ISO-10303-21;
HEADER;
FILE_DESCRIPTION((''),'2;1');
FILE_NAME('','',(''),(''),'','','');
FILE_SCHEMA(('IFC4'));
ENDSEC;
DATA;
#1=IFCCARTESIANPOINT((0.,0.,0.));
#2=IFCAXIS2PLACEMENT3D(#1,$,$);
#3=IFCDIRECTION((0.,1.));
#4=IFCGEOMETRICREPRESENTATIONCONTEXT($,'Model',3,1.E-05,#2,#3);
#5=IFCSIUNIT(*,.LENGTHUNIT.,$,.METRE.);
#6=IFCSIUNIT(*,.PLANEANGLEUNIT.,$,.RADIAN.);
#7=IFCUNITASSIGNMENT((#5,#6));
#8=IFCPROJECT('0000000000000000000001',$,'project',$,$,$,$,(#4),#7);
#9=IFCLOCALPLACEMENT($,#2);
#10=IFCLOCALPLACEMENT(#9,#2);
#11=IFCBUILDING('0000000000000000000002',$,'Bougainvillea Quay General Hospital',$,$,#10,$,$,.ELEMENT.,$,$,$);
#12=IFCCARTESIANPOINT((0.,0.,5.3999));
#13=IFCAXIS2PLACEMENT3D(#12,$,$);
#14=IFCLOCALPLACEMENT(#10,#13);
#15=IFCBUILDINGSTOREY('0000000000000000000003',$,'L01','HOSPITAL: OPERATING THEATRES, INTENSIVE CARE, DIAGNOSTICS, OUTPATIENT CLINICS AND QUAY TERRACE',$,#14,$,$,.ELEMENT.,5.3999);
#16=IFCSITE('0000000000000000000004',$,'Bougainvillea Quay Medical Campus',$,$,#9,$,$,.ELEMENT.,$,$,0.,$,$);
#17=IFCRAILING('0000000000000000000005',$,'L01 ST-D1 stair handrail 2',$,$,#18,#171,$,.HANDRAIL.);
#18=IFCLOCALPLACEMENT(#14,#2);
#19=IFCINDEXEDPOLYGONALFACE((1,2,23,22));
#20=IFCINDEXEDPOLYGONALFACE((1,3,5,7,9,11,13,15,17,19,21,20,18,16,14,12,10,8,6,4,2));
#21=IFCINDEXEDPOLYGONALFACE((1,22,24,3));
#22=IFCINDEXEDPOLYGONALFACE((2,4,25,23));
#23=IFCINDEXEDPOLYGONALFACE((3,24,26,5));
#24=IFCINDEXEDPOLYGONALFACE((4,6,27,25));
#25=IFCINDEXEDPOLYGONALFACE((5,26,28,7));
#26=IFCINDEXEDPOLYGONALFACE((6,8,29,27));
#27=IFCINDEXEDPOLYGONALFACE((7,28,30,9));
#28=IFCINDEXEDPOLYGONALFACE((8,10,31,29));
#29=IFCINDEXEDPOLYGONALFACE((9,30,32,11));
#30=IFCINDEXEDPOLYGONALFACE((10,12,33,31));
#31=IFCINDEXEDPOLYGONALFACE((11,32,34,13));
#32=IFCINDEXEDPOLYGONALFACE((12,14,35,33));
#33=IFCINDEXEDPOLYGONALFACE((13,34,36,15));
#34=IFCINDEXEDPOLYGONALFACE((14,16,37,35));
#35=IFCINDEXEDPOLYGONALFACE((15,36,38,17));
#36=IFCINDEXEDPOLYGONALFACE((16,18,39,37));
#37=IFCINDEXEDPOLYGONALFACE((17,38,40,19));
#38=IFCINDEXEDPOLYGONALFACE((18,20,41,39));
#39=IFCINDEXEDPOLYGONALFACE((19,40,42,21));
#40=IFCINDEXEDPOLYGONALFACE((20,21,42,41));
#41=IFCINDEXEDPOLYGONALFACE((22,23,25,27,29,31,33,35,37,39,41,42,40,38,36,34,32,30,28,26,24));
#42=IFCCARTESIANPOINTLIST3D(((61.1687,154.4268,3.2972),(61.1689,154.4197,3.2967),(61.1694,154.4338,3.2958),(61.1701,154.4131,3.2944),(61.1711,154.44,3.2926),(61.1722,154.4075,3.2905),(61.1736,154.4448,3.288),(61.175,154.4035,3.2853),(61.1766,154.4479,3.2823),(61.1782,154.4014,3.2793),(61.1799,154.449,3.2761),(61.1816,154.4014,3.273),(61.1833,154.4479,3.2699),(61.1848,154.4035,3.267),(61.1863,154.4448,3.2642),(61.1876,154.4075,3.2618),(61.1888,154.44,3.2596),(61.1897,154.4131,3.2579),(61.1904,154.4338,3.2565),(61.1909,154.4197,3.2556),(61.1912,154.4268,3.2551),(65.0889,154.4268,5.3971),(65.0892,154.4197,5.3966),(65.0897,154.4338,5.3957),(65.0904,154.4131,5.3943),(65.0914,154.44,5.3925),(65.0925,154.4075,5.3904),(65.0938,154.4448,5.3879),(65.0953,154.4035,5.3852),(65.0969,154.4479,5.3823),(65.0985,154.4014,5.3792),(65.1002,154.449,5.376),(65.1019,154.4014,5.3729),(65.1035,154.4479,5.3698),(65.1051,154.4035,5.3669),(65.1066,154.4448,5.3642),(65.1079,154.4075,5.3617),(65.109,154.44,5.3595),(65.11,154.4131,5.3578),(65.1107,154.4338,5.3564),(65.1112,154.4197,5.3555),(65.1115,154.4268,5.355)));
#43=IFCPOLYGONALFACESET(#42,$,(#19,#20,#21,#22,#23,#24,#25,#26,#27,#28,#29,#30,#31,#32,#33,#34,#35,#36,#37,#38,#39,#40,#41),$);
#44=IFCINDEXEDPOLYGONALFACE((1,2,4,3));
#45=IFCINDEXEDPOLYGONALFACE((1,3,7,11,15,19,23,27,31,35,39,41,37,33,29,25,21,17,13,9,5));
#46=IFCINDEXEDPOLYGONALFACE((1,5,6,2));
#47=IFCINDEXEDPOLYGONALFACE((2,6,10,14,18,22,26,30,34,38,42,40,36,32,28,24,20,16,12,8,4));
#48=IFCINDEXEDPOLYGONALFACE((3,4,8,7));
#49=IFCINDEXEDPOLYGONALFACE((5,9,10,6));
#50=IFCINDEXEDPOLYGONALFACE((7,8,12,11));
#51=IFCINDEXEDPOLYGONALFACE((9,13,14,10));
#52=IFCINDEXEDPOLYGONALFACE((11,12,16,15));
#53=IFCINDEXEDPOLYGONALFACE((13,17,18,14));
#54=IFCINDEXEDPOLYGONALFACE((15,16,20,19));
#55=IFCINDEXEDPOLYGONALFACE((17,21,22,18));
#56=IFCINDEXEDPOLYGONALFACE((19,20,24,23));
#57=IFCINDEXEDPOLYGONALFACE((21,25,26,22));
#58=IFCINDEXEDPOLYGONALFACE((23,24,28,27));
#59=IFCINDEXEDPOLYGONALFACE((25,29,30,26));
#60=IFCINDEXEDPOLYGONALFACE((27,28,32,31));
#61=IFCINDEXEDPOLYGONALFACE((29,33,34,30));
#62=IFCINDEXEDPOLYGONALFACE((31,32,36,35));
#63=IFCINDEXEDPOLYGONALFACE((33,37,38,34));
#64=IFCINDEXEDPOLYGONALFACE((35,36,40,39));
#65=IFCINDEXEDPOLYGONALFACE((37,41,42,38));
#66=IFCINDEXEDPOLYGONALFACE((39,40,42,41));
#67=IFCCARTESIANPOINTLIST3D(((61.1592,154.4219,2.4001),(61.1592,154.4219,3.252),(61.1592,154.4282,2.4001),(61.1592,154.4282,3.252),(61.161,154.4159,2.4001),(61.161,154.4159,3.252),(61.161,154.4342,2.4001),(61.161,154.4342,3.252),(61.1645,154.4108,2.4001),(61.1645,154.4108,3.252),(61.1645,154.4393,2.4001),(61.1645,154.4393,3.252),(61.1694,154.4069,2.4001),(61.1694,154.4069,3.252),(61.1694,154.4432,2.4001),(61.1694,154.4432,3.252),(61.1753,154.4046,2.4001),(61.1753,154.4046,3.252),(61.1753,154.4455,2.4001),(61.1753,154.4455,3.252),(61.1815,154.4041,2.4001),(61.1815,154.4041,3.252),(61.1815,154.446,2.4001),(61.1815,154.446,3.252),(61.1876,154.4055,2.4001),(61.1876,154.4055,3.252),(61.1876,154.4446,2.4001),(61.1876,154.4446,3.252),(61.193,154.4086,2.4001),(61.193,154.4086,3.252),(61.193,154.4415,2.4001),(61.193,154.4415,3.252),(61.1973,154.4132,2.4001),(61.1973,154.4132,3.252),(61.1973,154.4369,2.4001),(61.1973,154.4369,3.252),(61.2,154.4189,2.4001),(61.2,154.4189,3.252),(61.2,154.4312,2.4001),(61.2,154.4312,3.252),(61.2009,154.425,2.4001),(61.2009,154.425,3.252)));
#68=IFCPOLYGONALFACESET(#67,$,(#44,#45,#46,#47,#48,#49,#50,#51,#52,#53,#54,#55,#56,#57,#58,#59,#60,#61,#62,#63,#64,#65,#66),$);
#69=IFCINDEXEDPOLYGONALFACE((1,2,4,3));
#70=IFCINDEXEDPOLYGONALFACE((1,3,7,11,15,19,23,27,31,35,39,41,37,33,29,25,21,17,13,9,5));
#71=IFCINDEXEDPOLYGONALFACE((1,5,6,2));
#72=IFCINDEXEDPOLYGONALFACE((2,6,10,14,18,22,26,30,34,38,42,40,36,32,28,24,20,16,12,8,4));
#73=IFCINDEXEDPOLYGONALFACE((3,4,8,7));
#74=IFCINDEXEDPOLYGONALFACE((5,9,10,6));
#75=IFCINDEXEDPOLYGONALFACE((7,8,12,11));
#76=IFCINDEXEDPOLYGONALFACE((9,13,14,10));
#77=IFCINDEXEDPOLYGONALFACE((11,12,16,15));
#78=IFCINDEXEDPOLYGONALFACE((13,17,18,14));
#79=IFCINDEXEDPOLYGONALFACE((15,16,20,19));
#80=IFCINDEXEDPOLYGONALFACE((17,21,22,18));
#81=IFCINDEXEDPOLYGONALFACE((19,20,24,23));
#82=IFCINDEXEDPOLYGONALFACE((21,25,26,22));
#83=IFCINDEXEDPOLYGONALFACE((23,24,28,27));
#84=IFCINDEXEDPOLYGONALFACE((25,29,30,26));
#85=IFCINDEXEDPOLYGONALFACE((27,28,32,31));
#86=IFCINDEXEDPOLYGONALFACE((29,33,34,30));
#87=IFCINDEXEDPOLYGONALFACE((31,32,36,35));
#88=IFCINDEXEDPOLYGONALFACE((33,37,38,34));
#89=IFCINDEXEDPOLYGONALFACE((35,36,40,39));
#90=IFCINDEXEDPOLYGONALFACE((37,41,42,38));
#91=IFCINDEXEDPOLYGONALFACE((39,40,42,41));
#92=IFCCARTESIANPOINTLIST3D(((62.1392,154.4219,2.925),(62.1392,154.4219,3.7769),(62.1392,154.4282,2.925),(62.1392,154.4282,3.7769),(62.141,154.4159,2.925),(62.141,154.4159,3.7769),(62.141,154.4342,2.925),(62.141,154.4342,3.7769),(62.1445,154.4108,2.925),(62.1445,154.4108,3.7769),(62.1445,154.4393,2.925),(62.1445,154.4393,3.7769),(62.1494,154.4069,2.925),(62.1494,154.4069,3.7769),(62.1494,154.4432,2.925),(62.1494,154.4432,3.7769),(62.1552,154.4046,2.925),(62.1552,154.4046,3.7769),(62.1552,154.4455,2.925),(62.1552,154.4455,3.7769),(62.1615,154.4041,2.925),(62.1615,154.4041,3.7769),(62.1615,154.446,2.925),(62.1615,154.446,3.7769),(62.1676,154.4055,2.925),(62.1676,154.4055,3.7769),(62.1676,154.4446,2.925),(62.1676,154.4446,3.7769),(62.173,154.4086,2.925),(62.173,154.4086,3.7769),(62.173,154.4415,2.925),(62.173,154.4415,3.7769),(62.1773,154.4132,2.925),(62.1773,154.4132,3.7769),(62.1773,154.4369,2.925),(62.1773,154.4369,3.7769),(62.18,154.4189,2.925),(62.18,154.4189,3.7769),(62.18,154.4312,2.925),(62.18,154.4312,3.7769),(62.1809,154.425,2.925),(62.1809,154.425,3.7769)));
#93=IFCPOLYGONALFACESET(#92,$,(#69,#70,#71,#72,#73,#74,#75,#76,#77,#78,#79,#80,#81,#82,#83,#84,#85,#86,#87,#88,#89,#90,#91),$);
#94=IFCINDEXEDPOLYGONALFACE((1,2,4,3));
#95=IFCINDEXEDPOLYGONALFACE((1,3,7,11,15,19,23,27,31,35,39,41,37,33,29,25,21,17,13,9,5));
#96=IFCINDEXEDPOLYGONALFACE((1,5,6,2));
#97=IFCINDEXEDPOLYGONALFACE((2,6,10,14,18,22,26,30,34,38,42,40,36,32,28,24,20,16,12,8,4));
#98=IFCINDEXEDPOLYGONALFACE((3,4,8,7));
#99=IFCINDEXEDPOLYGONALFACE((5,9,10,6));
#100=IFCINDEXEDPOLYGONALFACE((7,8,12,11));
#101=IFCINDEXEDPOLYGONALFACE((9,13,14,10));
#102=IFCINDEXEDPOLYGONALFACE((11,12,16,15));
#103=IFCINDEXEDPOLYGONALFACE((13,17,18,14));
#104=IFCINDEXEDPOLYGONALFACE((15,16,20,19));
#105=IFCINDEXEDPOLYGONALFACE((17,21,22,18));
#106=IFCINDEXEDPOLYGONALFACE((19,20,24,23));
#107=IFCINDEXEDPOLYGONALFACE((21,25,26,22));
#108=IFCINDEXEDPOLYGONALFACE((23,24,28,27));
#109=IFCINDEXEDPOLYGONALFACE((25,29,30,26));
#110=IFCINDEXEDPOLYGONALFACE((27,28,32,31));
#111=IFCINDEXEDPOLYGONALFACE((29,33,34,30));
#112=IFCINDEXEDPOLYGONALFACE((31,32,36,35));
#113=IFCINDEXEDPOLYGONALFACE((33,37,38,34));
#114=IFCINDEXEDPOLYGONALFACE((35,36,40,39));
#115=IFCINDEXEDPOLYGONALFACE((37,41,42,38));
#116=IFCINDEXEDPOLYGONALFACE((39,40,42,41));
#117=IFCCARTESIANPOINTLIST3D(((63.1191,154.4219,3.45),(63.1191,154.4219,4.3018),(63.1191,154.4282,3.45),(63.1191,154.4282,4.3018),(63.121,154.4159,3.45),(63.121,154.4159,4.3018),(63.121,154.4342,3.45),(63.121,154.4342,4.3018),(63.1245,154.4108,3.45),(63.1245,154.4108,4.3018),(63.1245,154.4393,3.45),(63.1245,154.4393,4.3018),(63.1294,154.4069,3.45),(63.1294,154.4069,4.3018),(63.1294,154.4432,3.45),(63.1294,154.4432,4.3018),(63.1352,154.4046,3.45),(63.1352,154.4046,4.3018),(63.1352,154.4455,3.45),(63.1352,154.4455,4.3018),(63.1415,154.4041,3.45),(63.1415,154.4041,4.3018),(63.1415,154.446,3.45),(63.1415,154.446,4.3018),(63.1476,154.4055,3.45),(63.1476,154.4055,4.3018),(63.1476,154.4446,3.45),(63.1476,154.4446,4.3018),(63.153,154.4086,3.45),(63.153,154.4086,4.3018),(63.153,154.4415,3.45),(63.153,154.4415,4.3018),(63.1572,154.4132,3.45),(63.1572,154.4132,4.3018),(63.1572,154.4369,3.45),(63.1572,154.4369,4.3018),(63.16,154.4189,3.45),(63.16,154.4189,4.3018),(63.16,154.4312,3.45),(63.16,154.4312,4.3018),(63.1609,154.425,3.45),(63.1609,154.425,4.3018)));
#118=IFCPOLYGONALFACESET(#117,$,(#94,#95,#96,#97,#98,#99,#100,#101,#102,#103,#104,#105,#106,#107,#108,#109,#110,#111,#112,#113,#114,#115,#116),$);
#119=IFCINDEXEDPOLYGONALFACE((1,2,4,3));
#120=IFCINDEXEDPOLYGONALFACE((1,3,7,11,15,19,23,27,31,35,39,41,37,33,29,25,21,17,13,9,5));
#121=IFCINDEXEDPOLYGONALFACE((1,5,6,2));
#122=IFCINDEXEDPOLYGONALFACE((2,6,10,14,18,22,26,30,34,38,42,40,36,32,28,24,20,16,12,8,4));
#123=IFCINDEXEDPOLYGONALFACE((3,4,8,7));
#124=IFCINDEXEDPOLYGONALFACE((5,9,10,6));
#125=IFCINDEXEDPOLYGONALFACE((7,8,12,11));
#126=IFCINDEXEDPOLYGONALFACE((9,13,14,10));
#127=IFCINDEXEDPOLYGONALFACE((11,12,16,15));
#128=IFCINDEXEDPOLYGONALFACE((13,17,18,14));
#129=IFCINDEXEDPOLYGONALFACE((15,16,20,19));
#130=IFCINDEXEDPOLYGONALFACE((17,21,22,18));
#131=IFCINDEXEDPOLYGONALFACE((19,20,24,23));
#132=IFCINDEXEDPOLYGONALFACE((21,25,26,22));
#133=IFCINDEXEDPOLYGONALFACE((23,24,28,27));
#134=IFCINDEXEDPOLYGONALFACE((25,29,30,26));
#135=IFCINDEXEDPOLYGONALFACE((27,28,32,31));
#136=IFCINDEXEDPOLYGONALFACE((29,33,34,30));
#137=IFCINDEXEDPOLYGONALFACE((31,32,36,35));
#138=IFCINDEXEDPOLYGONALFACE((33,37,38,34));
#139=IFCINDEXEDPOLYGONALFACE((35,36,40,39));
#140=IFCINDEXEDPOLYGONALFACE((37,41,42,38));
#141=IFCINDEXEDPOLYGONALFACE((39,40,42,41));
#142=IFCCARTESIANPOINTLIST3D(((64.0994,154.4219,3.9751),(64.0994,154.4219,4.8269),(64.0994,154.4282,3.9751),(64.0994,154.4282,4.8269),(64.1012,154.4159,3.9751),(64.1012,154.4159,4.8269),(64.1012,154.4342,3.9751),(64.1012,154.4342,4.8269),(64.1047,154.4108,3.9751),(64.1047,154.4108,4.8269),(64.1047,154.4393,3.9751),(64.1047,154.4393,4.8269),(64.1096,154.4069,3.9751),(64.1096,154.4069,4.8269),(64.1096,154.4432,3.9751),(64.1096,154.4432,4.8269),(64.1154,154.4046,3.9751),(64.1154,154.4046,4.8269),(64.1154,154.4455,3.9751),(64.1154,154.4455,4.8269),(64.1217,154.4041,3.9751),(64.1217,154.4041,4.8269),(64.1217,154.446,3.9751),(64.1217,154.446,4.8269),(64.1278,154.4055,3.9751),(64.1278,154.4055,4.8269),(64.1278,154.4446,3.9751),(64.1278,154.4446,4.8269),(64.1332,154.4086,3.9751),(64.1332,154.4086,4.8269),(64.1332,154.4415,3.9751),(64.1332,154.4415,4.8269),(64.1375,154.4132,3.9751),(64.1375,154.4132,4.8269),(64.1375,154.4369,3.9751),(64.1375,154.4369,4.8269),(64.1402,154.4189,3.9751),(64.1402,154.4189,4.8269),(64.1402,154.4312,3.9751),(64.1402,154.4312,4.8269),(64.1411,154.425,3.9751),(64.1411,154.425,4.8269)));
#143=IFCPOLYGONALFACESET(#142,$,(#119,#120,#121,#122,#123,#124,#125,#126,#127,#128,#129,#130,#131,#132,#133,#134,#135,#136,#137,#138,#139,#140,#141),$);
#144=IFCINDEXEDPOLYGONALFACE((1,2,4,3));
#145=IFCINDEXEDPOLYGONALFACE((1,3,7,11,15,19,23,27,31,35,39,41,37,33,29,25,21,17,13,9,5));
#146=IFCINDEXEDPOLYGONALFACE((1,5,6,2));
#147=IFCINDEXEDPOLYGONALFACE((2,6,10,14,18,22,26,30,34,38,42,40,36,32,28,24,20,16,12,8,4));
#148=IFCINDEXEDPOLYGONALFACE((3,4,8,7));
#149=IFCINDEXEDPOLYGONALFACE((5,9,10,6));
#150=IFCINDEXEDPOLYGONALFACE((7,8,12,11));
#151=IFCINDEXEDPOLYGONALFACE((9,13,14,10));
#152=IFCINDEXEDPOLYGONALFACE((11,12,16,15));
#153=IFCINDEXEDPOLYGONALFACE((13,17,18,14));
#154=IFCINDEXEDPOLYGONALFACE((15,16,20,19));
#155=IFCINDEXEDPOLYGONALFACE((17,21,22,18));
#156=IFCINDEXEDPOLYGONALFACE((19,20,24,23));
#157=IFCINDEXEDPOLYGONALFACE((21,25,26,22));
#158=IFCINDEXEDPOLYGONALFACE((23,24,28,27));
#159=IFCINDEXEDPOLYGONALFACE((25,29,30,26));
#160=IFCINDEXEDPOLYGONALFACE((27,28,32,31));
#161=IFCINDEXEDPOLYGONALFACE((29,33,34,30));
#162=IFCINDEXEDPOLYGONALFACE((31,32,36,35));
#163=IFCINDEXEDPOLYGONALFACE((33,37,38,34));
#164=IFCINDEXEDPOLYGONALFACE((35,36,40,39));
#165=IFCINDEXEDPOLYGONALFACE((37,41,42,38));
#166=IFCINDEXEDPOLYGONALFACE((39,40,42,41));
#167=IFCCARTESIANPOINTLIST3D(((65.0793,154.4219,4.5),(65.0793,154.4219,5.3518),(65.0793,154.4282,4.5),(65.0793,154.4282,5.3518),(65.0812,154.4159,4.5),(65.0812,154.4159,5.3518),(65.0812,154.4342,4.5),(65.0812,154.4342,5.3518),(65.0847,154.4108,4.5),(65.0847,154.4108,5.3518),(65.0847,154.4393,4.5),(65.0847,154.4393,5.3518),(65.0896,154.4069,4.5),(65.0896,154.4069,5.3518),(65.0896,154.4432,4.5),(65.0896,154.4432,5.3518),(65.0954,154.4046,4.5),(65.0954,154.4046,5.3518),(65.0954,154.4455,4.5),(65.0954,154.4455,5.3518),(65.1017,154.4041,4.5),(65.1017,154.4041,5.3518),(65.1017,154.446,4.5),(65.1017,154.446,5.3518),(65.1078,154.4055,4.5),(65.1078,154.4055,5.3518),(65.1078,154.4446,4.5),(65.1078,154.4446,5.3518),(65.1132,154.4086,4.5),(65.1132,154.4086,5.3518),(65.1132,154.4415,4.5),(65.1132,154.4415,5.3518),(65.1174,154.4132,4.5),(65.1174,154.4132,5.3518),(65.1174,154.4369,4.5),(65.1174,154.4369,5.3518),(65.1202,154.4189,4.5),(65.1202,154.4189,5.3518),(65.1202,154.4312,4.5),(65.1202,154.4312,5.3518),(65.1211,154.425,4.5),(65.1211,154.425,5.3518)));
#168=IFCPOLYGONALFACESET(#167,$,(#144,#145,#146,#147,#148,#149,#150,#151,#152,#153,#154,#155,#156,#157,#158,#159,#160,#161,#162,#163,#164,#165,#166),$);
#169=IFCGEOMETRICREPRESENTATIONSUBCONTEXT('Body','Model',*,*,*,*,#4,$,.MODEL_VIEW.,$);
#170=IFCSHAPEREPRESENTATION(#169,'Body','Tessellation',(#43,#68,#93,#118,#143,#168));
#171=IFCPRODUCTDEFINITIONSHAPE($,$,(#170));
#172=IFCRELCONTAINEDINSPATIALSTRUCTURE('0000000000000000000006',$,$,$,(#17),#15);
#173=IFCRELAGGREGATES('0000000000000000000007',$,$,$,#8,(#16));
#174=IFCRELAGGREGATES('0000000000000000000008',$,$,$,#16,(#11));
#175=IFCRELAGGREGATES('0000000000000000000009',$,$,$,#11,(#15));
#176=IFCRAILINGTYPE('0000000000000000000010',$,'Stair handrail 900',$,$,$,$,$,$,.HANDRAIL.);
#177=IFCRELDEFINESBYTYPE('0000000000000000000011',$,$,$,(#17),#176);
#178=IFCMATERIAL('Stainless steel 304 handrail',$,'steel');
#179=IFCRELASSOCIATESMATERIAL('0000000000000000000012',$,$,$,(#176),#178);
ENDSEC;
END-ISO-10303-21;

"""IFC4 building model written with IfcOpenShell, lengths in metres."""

from ifc_helpers import new_model, si_unit, direction, frame, origin, origin_2d, place, context, subcontext, project, spatial, circle, extrude, material, type_object, element, save


model = new_model("IFC4")

# Units and contexts
model_context = context("Model", 3, precision=1e-05, world=origin(), true_north=direction((0.0, 1.0)))
body_context = subcontext(model_context, "Body", "Model", "MODEL_VIEW")
ifc_project = project(units=[si_unit("LENGTHUNIT", "METRE"), si_unit("PLANEANGLEUNIT", "RADIAN")], contexts=[model_context])

# Site, building, storey
site_placement = place(None, origin())
site = spatial("IfcSite", under=ifc_project, at=site_placement, Name="Bougainvillea Quay Medical Campus", CompositionType="ELEMENT", RefElevation=0.0)
building_placement = place(site_placement, origin())
building = spatial("IfcBuilding", under=site, at=building_placement, Name="Bougainvillea Quay General Hospital", CompositionType="ELEMENT")
storey_placement = place(building_placement, frame((0.0, 0.0, 5.3999)))
storey = spatial("IfcBuildingStorey", under=building, at=storey_placement, Name="L01", Description="HOSPITAL: OPERATING THEATRES, INTENSIVE CARE, DIAGNOSTICS, OUTPATIENT CLINICS AND QUAY TERRACE", CompositionType="ELEMENT", Elevation=5.3999)

# Railing
ifc_material_1 = material(Name="Stainless steel 304 handrail", Category="steel")
railing_type_1 = type_object("IfcRailingType", Name="Stair handrail 900", PredefinedType="HANDRAIL", material=ifc_material_1)
railing_1_placement = place(storey_placement, frame((61.1799, 154.425, 2.4001)))
element("IfcRailing", 1, at=railing_1_placement, inside=storey, type_object=railing_type_1, Name="L01 ST-D1 stair handrail 2", PredefinedType="HANDRAIL", context=body_context, shape_type="SweptSolid", body=[
    extrude(circle(Radius=0.0239, at=origin_2d()), frame((0.0, 0.0, 0.876), z_axis=(0.881502, 0.0, 0.47218), x_axis=(0.0, 1.0, 0.0)), (0.0, 0.0, 1.0), 4.4473),
    extrude(circle(Radius=0.021, at=origin_2d()), origin(), (0.0, 0.0, 1.0), 0.8518),
    extrude(circle(Radius=0.021, at=origin_2d()), frame((0.98, 0.0, 0.5249)), (0.0, 0.0, 1.0), 0.8518),
    extrude(circle(Radius=0.021, at=origin_2d()), frame((1.96, 0.0, 1.0498)), (0.0, 0.0, 1.0), 0.8518),
    extrude(circle(Radius=0.021, at=origin_2d()), frame((2.9402, 0.0, 1.575)), (0.0, 0.0, 1.0), 0.8518),
    extrude(circle(Radius=0.021, at=origin_2d()), frame((3.9202, 0.0, 2.0999)), (0.0, 0.0, 1.0), 0.8518),
])

save(model, "model.ifc")
